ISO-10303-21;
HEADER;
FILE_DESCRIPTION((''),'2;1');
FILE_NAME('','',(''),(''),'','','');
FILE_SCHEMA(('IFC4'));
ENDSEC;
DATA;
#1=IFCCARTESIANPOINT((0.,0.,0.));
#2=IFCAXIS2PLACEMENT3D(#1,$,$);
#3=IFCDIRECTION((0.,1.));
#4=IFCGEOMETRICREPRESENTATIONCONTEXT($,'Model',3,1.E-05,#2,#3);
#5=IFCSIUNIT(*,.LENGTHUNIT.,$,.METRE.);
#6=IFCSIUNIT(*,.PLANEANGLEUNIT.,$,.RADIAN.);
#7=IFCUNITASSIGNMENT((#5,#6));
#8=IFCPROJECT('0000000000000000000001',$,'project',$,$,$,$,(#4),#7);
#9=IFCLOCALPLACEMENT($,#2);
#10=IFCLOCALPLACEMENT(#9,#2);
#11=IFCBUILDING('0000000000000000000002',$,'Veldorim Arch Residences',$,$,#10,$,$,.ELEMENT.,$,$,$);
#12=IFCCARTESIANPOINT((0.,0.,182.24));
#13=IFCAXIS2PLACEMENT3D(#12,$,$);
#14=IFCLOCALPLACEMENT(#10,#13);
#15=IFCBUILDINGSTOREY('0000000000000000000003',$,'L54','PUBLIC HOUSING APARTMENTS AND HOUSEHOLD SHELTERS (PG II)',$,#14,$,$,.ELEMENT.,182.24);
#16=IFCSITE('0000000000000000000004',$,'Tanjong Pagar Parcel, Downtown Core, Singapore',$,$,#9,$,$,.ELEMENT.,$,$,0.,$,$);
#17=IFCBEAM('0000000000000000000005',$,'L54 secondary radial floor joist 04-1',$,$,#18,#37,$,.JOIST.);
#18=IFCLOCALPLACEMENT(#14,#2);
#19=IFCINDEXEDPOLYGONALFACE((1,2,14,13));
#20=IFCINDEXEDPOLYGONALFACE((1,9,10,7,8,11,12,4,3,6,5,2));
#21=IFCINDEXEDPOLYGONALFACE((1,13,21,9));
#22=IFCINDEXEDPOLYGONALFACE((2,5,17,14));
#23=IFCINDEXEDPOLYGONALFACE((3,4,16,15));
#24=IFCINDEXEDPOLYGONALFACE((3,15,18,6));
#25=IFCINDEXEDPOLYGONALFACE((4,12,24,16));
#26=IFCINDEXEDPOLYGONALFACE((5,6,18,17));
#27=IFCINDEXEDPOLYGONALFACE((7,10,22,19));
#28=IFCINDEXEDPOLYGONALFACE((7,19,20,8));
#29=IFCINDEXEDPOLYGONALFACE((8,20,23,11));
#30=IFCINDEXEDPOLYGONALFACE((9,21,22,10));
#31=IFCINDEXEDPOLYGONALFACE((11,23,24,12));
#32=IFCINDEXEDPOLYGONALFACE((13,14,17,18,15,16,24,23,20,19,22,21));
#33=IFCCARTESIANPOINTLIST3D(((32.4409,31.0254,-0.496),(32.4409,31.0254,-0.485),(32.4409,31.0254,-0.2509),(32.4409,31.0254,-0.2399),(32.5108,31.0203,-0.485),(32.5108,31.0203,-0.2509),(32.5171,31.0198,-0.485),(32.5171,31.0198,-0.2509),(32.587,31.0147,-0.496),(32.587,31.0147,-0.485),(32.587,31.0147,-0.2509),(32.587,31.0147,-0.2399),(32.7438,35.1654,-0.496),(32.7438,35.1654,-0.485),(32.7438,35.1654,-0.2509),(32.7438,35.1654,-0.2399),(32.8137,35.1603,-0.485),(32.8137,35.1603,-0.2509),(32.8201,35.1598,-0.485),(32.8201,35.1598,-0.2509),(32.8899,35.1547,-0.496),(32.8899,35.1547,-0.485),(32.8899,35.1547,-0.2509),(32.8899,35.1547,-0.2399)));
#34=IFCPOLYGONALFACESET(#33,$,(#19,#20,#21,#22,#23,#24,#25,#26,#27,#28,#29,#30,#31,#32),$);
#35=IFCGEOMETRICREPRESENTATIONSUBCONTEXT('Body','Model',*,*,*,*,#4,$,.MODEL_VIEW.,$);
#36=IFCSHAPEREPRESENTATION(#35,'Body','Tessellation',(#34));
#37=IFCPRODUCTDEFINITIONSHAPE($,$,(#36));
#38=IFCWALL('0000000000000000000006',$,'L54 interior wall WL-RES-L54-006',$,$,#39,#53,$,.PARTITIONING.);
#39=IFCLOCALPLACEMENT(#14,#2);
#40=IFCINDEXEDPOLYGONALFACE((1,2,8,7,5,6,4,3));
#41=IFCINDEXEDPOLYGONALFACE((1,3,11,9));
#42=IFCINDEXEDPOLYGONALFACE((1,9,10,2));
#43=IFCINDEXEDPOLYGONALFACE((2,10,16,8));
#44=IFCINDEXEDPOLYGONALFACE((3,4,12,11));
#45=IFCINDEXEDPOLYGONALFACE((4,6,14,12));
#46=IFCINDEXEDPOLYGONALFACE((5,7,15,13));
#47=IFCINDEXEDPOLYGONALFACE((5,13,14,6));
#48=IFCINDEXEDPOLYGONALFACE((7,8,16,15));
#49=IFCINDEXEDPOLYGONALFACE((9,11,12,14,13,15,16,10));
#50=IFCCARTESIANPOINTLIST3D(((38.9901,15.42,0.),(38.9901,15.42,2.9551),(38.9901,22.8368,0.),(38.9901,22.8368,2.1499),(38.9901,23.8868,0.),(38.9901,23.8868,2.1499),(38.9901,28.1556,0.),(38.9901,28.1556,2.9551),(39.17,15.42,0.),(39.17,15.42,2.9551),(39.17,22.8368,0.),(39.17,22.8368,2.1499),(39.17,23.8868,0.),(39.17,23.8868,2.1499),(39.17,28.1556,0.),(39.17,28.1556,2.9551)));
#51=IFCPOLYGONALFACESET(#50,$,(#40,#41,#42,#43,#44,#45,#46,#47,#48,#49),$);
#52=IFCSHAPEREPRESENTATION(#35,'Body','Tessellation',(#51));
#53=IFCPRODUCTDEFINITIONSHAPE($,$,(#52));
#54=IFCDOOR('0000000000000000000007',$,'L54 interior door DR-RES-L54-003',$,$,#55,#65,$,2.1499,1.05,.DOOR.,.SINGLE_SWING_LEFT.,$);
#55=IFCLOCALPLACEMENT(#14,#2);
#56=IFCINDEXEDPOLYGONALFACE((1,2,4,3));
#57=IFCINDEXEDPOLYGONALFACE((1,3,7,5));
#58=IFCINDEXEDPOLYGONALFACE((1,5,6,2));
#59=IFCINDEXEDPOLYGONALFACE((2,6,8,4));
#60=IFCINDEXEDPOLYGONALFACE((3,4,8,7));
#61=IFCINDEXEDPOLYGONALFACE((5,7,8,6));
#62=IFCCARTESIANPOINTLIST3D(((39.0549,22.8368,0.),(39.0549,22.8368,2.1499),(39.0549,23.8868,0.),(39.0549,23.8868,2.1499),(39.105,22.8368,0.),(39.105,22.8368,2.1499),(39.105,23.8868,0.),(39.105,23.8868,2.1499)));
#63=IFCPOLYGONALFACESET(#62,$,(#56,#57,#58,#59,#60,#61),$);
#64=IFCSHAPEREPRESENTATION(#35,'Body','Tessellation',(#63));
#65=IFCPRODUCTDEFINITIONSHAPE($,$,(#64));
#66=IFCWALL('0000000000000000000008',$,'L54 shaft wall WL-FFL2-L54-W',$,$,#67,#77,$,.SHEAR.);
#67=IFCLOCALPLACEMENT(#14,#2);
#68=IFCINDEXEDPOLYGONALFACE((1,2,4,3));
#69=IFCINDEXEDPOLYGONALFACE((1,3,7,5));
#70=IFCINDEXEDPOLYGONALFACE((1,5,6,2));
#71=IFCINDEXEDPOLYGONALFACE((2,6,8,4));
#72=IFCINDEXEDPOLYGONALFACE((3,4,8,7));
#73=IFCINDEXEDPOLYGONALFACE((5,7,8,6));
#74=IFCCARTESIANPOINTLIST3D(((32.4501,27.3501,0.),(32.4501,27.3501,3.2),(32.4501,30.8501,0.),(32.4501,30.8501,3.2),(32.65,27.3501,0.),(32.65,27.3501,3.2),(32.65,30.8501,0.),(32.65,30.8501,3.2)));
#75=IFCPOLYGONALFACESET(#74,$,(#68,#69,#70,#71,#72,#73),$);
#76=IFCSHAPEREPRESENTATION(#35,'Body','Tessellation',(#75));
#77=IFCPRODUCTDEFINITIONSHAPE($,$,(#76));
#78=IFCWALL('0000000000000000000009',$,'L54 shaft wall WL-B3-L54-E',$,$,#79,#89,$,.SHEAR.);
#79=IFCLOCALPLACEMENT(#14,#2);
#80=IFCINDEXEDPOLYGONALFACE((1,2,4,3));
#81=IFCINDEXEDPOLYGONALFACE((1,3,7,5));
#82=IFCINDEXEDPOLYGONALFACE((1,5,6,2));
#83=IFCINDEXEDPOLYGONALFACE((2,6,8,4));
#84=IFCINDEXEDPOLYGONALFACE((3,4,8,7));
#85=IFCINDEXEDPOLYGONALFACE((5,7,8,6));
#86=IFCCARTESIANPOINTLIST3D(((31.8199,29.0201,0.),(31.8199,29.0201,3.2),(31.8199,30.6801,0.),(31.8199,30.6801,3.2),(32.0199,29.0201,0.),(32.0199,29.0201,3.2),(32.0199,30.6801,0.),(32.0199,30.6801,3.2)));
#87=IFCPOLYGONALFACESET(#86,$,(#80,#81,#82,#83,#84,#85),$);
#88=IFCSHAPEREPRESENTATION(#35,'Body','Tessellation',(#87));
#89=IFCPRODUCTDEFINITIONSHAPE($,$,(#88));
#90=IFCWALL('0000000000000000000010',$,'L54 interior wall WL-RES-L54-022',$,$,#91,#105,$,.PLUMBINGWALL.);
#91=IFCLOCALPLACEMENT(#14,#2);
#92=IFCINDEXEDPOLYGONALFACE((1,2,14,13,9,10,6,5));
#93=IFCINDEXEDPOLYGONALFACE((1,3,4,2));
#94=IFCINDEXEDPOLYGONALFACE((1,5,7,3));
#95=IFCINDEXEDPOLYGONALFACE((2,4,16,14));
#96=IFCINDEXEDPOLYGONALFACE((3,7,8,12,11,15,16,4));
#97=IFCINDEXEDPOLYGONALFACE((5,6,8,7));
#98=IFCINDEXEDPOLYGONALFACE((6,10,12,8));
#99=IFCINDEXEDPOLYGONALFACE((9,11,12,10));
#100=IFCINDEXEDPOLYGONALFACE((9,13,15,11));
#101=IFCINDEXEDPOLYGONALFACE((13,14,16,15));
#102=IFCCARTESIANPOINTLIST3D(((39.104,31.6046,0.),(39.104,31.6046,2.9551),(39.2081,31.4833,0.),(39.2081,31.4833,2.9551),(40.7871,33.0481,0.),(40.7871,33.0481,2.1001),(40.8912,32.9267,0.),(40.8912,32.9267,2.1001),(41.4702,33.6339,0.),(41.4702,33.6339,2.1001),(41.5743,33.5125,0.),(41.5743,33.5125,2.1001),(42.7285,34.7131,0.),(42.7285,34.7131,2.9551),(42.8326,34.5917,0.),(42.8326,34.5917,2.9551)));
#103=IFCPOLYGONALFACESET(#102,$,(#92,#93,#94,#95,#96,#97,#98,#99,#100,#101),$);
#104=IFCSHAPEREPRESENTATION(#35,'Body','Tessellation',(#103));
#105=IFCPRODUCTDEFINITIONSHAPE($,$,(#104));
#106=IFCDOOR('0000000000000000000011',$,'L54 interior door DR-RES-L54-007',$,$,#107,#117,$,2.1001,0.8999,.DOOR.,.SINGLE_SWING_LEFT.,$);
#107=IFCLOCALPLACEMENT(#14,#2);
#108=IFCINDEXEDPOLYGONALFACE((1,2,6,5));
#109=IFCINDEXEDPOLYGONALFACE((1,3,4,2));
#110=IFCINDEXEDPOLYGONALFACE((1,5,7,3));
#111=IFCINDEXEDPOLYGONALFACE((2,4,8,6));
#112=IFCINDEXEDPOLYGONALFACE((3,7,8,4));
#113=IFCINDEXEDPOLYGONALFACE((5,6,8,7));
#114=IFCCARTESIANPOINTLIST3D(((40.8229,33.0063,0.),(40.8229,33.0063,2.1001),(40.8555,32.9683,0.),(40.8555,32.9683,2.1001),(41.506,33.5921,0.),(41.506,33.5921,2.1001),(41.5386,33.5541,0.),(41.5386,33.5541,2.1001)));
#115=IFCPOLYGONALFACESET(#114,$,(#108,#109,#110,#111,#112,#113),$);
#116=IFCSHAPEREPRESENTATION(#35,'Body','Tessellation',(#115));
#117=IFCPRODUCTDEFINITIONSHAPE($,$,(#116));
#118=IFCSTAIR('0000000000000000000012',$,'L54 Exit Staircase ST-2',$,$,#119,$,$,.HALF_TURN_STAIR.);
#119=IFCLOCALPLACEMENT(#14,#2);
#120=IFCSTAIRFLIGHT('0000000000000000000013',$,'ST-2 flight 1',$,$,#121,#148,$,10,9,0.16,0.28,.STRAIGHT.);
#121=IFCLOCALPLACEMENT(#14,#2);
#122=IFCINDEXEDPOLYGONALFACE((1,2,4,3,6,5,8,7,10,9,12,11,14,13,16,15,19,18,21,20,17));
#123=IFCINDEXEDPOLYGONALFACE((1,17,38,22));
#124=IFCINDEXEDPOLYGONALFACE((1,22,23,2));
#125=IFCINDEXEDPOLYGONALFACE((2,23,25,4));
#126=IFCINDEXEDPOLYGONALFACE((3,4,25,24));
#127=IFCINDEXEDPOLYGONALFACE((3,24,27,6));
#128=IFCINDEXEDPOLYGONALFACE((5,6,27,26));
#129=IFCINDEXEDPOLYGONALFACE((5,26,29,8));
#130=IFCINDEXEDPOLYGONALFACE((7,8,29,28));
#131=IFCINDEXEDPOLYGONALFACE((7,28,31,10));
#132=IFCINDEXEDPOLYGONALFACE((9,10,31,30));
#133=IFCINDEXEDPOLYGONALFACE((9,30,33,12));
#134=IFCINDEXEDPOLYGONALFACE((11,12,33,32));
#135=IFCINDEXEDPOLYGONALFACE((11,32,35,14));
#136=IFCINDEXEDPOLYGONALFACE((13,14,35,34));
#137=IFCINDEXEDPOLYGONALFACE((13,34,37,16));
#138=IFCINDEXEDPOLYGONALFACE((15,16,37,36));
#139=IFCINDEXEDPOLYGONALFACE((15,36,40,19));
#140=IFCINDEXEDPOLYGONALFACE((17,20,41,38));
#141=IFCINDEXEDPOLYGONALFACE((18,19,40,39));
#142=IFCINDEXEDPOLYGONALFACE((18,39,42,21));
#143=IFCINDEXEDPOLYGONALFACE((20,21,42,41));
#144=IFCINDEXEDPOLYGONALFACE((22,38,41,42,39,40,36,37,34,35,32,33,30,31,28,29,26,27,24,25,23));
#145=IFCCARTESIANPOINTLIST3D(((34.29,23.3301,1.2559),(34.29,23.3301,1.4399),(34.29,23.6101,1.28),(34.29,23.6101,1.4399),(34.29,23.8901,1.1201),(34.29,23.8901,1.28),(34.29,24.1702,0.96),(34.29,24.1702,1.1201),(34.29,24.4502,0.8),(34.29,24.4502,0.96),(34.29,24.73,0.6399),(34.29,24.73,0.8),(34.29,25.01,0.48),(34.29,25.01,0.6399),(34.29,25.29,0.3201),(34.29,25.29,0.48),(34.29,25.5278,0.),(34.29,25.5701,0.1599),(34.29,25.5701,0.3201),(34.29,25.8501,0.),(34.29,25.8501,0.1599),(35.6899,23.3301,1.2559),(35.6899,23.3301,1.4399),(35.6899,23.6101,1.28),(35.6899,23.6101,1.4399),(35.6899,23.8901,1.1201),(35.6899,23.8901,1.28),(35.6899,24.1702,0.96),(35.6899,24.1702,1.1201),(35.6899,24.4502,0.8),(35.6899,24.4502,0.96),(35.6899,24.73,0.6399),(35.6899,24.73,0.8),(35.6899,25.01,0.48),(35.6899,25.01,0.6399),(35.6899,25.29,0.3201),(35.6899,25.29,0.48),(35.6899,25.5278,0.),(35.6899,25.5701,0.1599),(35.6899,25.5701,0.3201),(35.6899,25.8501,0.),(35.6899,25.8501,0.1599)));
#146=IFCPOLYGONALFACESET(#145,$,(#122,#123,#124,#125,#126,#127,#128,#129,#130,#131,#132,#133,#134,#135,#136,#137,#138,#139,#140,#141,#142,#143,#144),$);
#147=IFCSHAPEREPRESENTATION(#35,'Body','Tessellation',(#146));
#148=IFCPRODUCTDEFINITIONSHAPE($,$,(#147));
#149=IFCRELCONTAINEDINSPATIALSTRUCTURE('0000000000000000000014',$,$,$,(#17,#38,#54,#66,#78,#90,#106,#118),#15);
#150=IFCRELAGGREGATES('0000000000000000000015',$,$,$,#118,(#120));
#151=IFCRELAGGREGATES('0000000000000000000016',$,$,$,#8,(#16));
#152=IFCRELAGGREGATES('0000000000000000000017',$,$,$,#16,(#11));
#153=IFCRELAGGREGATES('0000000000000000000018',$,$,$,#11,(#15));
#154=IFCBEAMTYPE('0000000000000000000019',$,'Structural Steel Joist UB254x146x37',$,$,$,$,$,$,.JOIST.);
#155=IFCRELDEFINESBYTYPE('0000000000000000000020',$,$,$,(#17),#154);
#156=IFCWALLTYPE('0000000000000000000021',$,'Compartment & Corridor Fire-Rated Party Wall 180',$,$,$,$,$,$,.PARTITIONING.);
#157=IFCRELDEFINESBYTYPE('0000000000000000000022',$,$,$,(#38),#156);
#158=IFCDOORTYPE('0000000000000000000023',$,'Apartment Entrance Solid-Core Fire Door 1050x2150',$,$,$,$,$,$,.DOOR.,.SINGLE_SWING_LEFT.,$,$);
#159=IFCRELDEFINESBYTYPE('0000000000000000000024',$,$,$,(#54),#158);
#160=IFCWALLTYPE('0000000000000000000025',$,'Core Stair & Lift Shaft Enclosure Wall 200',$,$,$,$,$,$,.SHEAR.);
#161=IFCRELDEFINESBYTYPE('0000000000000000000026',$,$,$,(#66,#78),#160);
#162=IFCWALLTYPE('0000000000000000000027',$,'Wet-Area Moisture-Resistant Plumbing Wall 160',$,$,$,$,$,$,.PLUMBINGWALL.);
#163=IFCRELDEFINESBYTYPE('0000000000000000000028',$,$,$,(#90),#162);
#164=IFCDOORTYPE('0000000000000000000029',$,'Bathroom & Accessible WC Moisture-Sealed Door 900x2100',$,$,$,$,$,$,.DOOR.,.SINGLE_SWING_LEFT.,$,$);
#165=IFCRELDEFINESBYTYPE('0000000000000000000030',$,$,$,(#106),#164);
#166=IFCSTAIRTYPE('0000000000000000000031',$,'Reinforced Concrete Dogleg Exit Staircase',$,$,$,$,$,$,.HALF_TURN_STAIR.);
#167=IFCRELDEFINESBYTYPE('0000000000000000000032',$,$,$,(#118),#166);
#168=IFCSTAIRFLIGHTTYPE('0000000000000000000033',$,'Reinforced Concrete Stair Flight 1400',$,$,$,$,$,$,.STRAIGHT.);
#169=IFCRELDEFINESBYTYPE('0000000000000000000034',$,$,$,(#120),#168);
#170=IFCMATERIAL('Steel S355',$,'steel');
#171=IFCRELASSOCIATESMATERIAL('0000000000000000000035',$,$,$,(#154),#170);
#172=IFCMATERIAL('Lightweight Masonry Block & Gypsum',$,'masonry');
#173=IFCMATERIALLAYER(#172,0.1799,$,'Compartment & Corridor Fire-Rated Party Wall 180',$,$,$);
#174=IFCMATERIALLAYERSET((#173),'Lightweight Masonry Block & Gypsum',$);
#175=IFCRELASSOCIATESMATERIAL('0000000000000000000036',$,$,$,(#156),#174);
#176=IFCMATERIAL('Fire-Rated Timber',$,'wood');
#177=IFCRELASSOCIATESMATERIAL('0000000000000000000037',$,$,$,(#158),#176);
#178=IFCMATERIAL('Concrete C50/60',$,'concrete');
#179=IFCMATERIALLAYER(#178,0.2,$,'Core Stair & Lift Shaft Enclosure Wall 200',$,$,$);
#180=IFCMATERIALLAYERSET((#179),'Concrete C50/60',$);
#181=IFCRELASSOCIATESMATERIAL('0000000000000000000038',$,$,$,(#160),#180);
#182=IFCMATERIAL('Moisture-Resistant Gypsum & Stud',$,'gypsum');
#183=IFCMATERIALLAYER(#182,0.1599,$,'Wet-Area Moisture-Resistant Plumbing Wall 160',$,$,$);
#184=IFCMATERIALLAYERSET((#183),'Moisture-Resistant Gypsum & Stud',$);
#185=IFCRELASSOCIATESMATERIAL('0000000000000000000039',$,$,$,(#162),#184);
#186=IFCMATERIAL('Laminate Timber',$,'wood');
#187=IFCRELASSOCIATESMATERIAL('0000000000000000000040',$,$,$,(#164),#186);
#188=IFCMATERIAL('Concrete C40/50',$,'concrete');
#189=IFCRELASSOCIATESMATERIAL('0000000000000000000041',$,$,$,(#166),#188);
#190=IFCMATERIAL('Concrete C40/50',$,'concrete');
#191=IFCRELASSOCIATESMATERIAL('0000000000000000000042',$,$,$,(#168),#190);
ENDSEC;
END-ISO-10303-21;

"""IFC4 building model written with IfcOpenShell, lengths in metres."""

from ifc_helpers import new_model, si_unit, direction, frame, frame_2d, origin, origin_2d, place, context, subcontext, project, spatial, polyline, rectangle, i_section, outline, extrude, material, layer, layer_set, material_profile, profile_set, type_object, element, fill, aggregate, save


model = new_model("IFC4")

# Units and contexts
model_context = context("Model", 3, precision=1e-05, world=origin(), true_north=direction((0.0, 1.0)))
body_context = subcontext(model_context, "Body", "Model", "MODEL_VIEW")
ifc_project = project(units=[si_unit("LENGTHUNIT", "METRE"), si_unit("PLANEANGLEUNIT", "RADIAN")], contexts=[model_context])

# Site, building, storey
site_placement = place(None, origin())
site = spatial("IfcSite", under=ifc_project, at=site_placement, Name="Tanjong Pagar Parcel, Downtown Core, Singapore", CompositionType="ELEMENT", RefElevation=0.0)
building_placement = place(site_placement, origin())
building = spatial("IfcBuilding", under=site, at=building_placement, Name="Veldorim Arch Residences", CompositionType="ELEMENT")
storey_placement = place(building_placement, frame((0.0, 0.0, 182.24)))
storey = spatial("IfcBuildingStorey", under=building, at=storey_placement, Name="L54", Description="PUBLIC HOUSING APARTMENTS AND HOUSEHOLD SHELTERS (PG II)", CompositionType="ELEMENT", Elevation=182.24)

# Beam
ifc_material_1 = material(Name="Steel S355", Category="steel")
ifc_material_profile_1 = material_profile(ifc_material_1, i_section(OverallWidth=0.1465, OverallDepth=0.2561, WebThickness=0.0063, FlangeThickness=0.011, at=origin_2d()), Name="UB254x146x37")
ifc_profile_set_1 = profile_set([ifc_material_profile_1], Name="Steel S355")
beam_type_1 = type_object("IfcBeamType", Name="Structural Steel Joist UB254x146x37", PredefinedType="JOIST", material=ifc_profile_set_1)
beam_1_placement = place(storey_placement, frame((32.5139, 31.02, -0.3679), z_axis=(0.072986, 0.997333, 0.0), x_axis=(-0.997333, 0.072986, 0.0)))
element("IfcBeam", 1, at=beam_1_placement, inside=storey, type_object=beam_type_1, Name="L54 secondary radial floor joist 04-1", PredefinedType="JOIST", context=body_context, shape_type="SweptSolid", body=[
    extrude(i_section(OverallWidth=0.1465, OverallDepth=0.2561, WebThickness=0.0063, FlangeThickness=0.011, at=origin_2d()), origin(), (0.0, 0.0, 1.0), 4.1511),
])

# Wall, opening, door
ifc_material_2 = material(Name="Lightweight Masonry Block & Gypsum", Category="masonry")
ifc_layer_1 = layer(ifc_material_2, 0.1799, Name="Compartment & Corridor Fire-Rated Party Wall 180")
ifc_layer_set_1 = layer_set([ifc_layer_1], Name="Lightweight Masonry Block & Gypsum")
wall_type_1 = type_object("IfcWallType", Name="Compartment & Corridor Fire-Rated Party Wall 180", PredefinedType="PARTITIONING", material=ifc_layer_set_1)
wall_1_placement = place(storey_placement, frame((39.0801, 28.1555, 0.0), z_axis=(0.0, 0.0, 1.0), x_axis=(0.0, -1.0, 0.0)))
wall_1 = element("IfcWall", 2, at=wall_1_placement, inside=storey, type_object=wall_type_1, Name="L54 interior wall WL-RES-L54-006", PredefinedType="PARTITIONING", context=body_context, shape_type="SweptSolid", body=[
    extrude(rectangle(XDim=12.7356, YDim=0.1799, at=frame_2d((6.3677, 0.0))), origin(), (0.0, 0.0, 1.0), 2.9551),
])
opening_1_placement = place(wall_1_placement, frame((4.2688, 0.0, 0.0)))
opening_1 = element("IfcOpeningElement", 3, at=opening_1_placement, cuts=wall_1, PredefinedType="OPENING", context=body_context, shape_type="SweptSolid", body=[
    extrude(rectangle(XDim=1.05, YDim=2.1499, at=frame_2d((0.5249, 1.075))), frame((0.0, 0.0999, 0.0), z_axis=(0.0, -1.0, 0.0), x_axis=(1.0, 0.0, 0.0)), (0.0, 0.0, 1.0), 0.2),
])
ifc_material_3 = material(Name="Fire-Rated Timber", Category="wood")
door_type_1 = type_object("IfcDoorType", Name="Apartment Entrance Solid-Core Fire Door 1050x2150", OperationType="SINGLE_SWING_LEFT", PredefinedType="DOOR", material=ifc_material_3)
door_1_placement = place(opening_1_placement, origin())
door_1 = element("IfcDoor", 4, at=door_1_placement, inside=storey, type_object=door_type_1, Name="L54 interior door DR-RES-L54-003", OperationType="SINGLE_SWING_LEFT", OverallHeight=2.1499, OverallWidth=1.05, PredefinedType="DOOR", context=body_context, shape_type="SweptSolid", body=[
    extrude(rectangle(XDim=1.05, YDim=2.1499, at=frame_2d((0.5249, 1.075))), frame((0.0, 0.0249, 0.0), z_axis=(0.0, -1.0, 0.0), x_axis=(1.0, 0.0, 0.0)), (0.0, 0.0, 1.0), 0.05),
])
fill(opening_1, door_1)
ifc_material_4 = material(Name="Concrete C50/60", Category="concrete")
ifc_layer_2 = layer(ifc_material_4, 0.2, Name="Core Stair & Lift Shaft Enclosure Wall 200")
ifc_layer_set_2 = layer_set([ifc_layer_2], Name="Concrete C50/60")
wall_type_2 = type_object("IfcWallType", Name="Core Stair & Lift Shaft Enclosure Wall 200", PredefinedType="SHEAR", material=ifc_layer_set_2)

# Wall
wall_2_placement = place(storey_placement, frame((32.55, 27.3501, 0.0), z_axis=(0.0, 0.0, 1.0), x_axis=(0.0, 1.0, 0.0)))
element("IfcWall", 5, at=wall_2_placement, inside=storey, type_object=wall_type_2, Name="L54 shaft wall WL-FFL2-L54-W", PredefinedType="SHEAR", context=body_context, shape_type="SweptSolid", body=[
    extrude(rectangle(XDim=3.5, YDim=0.2, at=frame_2d((1.75, 0.0))), origin(), (0.0, 0.0, 1.0), 3.2),
])

# Wall
wall_3_placement = place(storey_placement, frame((31.9199, 29.02, 0.0), z_axis=(0.0, 0.0, 1.0), x_axis=(0.0, 1.0, 0.0)))
element("IfcWall", 6, at=wall_3_placement, inside=storey, type_object=wall_type_2, Name="L54 shaft wall WL-B3-L54-E", PredefinedType="SHEAR", context=body_context, shape_type="SweptSolid", body=[
    extrude(rectangle(XDim=1.6599, YDim=0.2, at=frame_2d((0.8301, 0.0))), origin(), (0.0, 0.0, 1.0), 3.2),
])

# Wall, opening, door
ifc_material_5 = material(Name="Moisture-Resistant Gypsum & Stud", Category="gypsum")
ifc_layer_3 = layer(ifc_material_5, 0.1599, Name="Wet-Area Moisture-Resistant Plumbing Wall 160")
ifc_layer_set_3 = layer_set([ifc_layer_3], Name="Moisture-Resistant Gypsum & Stud")
wall_type_3 = type_object("IfcWallType", Name="Wet-Area Moisture-Resistant Plumbing Wall 160", PredefinedType="PLUMBINGWALL", material=ifc_layer_set_3)
wall_4_placement = place(storey_placement, frame((39.156, 31.5439, 0.0), z_axis=(0.0, 0.0, 1.0), x_axis=(0.759083, 0.650993, 0.0)))
wall_4 = element("IfcWall", 7, at=wall_4_placement, inside=storey, type_object=wall_type_3, Name="L54 interior wall WL-RES-L54-022", PredefinedType="PLUMBINGWALL", context=body_context, shape_type="SweptSolid", body=[
    extrude(rectangle(XDim=4.7749, YDim=0.1599, at=frame_2d((2.3875, 0.0))), origin(), (0.0, 0.0, 1.0), 2.9551),
])
opening_2_placement = place(wall_4_placement, frame((2.2173, 0.0, 0.0)))
opening_2 = element("IfcOpeningElement", 8, at=opening_2_placement, cuts=wall_4, PredefinedType="OPENING", context=body_context, shape_type="SweptSolid", body=[
    extrude(rectangle(XDim=0.8999, YDim=2.1001, at=frame_2d((0.45, 1.05))), frame((0.0, 0.0898, 0.0), z_axis=(0.0, -1.0, 0.0), x_axis=(1.0, 0.0, 0.0)), (0.0, 0.0, 1.0), 0.1799),
])
ifc_material_6 = material(Name="Laminate Timber", Category="wood")
door_type_2 = type_object("IfcDoorType", Name="Bathroom & Accessible WC Moisture-Sealed Door 900x2100", OperationType="SINGLE_SWING_LEFT", PredefinedType="DOOR", material=ifc_material_6)
door_2_placement = place(opening_2_placement, origin())
door_2 = element("IfcDoor", 9, at=door_2_placement, inside=storey, type_object=door_type_2, Name="L54 interior door DR-RES-L54-007", OperationType="SINGLE_SWING_LEFT", OverallHeight=2.1001, OverallWidth=0.8999, PredefinedType="DOOR", context=body_context, shape_type="SweptSolid", body=[
    extrude(rectangle(XDim=0.8999, YDim=2.1001, at=frame_2d((0.45, 1.05))), frame((0.0, 0.0249, 0.0), z_axis=(0.0, -1.0, 0.0), x_axis=(1.0, 0.0, 0.0)), (0.0, 0.0, 1.0), 0.05),
])
fill(opening_2, door_2)

# Stair, stair flight
ifc_material_7 = material(Name="Concrete C40/50", Category="concrete")
stair_type = type_object("IfcStairType", Name="Reinforced Concrete Dogleg Exit Staircase", PredefinedType="HALF_TURN_STAIR", material=ifc_material_7)
stair_placement = place(storey_placement, origin())
stair = element("IfcStair", 10, at=stair_placement, inside=storey, type_object=stair_type, Name="L54 Exit Staircase ST-2", PredefinedType="HALF_TURN_STAIR")
ifc_material_8 = material(Name="Concrete C40/50", Category="concrete")
stair_flight_type = type_object("IfcStairFlightType", Name="Reinforced Concrete Stair Flight 1400", PredefinedType="STRAIGHT", material=ifc_material_8)
stair_flight_placement = place(storey_placement, frame((34.99, 25.8501, 0.0), z_axis=(0.0, 0.0, 1.0), x_axis=(0.0, -1.0, 0.0)))
stair_flight = element("IfcStairFlight", 11, at=stair_flight_placement, type_object=stair_flight_type, Name="ST-2 flight 1", NumberOfRisers=10, NumberOfTreads=9, PredefinedType="STRAIGHT", RiserHeight=0.16, TreadLength=0.28, context=body_context, shape_type="SweptSolid", body=[
    extrude(outline(polyline([(0.0, 0.0), (0.0, 0.1599), (0.28, 0.1599), (0.28, 0.3201), (0.5601, 0.3201), (0.5601, 0.48), (0.8401, 0.48), (0.8401, 0.6399), (1.1201, 0.6399), (1.1201, 0.8), (1.3999, 0.8), (1.3999, 0.96), (1.6799, 0.96), (1.6799, 1.1201), (1.96, 1.1201), (1.96, 1.28), (2.24, 1.28), (2.24, 1.4399), (2.52, 1.4399), (2.52, 1.6001), (2.52, 1.2559), (0.3223, 0.0), (0.0, 0.0)])), frame((0.0, 0.7, 0.0), z_axis=(0.0, -1.0, 0.0), x_axis=(1.0, 0.0, 0.0)), (0.0, 0.0, 1.0), 1.3999),
])
aggregate(stair, [stair_flight])

save(model, "model.ifc")
